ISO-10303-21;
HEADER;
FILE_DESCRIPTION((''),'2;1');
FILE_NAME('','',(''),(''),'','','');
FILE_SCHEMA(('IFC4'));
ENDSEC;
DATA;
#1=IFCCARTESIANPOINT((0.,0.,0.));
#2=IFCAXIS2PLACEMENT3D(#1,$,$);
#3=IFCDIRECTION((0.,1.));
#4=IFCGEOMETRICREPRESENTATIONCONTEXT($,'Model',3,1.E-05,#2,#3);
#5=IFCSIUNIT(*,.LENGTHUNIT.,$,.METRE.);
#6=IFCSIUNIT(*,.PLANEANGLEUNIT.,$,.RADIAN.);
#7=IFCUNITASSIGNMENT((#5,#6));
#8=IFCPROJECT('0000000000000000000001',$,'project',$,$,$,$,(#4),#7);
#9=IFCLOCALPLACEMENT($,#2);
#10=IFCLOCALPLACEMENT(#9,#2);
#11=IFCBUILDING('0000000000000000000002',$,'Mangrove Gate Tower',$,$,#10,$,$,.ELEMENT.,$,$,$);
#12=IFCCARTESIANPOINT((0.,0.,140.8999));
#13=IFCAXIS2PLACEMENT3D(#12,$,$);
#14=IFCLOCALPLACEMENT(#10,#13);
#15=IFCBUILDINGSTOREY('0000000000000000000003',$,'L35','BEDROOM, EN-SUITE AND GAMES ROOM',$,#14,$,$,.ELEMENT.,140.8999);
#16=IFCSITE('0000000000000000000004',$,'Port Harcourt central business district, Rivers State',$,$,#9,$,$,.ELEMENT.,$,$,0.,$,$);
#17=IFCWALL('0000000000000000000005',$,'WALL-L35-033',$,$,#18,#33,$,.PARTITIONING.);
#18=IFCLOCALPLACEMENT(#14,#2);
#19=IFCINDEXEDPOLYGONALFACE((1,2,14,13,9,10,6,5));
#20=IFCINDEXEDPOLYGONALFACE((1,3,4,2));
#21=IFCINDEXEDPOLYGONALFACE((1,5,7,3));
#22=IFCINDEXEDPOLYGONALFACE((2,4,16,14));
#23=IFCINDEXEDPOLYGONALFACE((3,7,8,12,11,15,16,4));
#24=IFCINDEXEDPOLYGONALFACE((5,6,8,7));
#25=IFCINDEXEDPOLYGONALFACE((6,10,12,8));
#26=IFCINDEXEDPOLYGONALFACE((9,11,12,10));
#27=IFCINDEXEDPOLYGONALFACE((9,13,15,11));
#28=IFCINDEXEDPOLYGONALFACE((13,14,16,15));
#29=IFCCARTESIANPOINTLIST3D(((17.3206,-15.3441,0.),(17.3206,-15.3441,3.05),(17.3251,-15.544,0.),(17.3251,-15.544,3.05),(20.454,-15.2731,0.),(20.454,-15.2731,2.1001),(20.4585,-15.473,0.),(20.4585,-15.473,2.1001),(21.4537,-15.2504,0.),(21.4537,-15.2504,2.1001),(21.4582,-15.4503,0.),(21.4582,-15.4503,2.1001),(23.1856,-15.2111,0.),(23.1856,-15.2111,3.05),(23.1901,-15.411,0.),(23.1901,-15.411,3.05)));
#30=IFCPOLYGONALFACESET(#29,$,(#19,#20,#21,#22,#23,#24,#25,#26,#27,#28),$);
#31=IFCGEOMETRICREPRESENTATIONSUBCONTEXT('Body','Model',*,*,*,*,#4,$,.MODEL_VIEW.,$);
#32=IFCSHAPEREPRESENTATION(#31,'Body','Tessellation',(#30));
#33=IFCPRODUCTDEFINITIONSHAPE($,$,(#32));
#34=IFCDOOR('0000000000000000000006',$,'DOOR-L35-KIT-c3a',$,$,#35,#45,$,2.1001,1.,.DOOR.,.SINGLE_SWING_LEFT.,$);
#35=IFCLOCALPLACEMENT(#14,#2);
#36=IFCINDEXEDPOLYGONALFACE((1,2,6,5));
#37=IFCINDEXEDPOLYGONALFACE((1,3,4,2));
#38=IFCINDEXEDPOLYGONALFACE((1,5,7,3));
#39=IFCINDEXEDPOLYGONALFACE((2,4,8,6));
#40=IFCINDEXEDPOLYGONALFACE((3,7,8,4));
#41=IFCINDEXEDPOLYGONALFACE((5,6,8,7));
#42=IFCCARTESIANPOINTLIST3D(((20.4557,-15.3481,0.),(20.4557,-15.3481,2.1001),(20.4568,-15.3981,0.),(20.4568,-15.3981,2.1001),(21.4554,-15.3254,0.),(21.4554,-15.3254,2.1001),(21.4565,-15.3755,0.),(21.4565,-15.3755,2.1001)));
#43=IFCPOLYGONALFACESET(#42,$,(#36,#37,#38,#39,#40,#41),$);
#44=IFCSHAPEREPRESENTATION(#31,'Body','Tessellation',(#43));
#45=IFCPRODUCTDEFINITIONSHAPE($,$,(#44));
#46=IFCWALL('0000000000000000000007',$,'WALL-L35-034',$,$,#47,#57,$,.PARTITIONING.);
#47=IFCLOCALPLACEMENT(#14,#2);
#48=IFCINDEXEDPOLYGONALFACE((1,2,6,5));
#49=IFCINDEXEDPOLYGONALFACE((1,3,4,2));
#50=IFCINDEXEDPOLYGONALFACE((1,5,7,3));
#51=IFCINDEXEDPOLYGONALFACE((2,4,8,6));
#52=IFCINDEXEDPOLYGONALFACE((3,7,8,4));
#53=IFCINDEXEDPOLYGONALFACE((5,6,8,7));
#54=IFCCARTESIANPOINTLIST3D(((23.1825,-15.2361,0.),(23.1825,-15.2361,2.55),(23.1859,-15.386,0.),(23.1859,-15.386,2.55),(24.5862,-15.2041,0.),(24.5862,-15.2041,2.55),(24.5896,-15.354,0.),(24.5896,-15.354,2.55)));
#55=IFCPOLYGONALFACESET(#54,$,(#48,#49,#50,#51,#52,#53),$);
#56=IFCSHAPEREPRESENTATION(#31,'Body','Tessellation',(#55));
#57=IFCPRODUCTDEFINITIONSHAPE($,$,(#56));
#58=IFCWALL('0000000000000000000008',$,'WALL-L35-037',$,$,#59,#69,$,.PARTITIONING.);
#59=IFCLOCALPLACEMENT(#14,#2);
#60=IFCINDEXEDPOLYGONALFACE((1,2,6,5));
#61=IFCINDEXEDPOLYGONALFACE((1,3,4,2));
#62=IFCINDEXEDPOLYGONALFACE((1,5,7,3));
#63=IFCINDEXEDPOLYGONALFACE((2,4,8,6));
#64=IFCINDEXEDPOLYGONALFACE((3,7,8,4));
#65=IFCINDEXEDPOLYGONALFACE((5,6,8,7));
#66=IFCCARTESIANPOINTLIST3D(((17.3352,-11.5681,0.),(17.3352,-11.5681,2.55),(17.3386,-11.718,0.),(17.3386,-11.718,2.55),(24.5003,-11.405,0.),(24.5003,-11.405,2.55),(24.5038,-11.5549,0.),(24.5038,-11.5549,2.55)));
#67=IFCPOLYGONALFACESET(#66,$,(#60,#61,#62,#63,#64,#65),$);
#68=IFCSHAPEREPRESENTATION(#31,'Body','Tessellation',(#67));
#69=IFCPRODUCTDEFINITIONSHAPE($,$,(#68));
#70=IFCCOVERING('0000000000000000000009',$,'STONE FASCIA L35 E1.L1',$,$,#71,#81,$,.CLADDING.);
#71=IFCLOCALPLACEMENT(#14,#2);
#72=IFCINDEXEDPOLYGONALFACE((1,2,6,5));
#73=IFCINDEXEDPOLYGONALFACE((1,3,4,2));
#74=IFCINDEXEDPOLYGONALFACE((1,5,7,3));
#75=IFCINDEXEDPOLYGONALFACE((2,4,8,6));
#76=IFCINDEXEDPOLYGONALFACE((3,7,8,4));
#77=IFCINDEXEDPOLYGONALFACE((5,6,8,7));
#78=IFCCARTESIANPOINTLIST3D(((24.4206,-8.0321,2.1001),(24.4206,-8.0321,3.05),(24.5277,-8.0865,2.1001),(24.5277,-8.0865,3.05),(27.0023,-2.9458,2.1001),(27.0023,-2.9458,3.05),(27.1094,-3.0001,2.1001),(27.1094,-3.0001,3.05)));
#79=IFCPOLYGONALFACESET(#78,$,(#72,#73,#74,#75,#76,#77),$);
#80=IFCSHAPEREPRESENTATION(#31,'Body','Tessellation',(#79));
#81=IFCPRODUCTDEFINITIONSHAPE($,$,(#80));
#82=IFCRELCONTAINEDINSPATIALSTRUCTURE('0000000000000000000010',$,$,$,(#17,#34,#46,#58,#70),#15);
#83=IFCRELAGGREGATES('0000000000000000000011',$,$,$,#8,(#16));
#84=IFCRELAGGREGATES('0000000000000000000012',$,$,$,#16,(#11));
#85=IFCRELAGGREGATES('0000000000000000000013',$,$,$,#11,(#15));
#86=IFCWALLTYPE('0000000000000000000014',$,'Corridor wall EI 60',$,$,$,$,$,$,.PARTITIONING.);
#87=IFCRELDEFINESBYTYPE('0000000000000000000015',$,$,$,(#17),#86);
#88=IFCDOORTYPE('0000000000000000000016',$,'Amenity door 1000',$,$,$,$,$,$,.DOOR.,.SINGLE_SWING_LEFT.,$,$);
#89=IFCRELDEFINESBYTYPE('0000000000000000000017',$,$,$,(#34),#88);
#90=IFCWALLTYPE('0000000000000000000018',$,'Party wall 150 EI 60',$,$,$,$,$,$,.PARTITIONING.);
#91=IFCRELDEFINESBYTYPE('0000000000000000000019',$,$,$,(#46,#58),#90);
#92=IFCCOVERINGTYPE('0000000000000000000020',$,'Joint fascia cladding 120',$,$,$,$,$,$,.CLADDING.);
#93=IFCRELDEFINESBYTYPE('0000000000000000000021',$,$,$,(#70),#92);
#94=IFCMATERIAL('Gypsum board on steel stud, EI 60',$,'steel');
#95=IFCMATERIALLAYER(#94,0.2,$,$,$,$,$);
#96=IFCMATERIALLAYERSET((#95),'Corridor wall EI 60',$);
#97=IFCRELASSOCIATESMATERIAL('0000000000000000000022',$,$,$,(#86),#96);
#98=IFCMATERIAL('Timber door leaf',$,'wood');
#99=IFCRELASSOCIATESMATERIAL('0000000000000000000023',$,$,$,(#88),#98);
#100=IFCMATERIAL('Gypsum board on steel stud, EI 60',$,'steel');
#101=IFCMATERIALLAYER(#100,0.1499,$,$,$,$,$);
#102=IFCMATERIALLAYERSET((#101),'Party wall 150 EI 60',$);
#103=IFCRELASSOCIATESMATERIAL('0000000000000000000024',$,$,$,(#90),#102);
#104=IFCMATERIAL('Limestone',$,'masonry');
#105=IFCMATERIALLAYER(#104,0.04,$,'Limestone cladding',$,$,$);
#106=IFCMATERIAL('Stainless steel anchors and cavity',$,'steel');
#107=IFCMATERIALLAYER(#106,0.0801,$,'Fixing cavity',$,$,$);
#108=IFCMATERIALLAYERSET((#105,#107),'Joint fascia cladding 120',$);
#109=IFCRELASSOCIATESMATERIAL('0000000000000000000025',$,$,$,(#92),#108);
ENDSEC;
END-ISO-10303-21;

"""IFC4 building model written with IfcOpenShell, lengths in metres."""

from ifc_helpers import new_model, si_unit, direction, frame, frame_2d, origin, place, context, subcontext, project, spatial, rectangle, extrude, material, layer, layer_set, type_object, element, fill, save


model = new_model("IFC4")

# Units and contexts
model_context = context("Model", 3, precision=1e-05, world=origin(), true_north=direction((0.0, 1.0)))
body_context = subcontext(model_context, "Body", "Model", "MODEL_VIEW")
ifc_project = project(units=[si_unit("LENGTHUNIT", "METRE"), si_unit("PLANEANGLEUNIT", "RADIAN")], contexts=[model_context])

# Site, building, storey
site_placement = place(None, origin())
site = spatial("IfcSite", under=ifc_project, at=site_placement, Name="Port Harcourt central business district, Rivers State", CompositionType="ELEMENT", RefElevation=0.0)
building_placement = place(site_placement, origin())
building = spatial("IfcBuilding", under=site, at=building_placement, Name="Mangrove Gate Tower", CompositionType="ELEMENT")
storey_placement = place(building_placement, frame((0.0, 0.0, 140.8999)))
storey = spatial("IfcBuildingStorey", under=building, at=storey_placement, Name="L35", Description="BEDROOM, EN-SUITE AND GAMES ROOM", CompositionType="ELEMENT", Elevation=140.8999)

# Wall, opening, door
ifc_material_1 = material(Name="Gypsum board on steel stud, EI 60", Category="steel")
ifc_layer_1 = layer(ifc_material_1, 0.2)
ifc_layer_set_1 = layer_set([ifc_layer_1], Name="Corridor wall EI 60")
wall_type_1 = type_object("IfcWallType", Name="Corridor wall EI 60", PredefinedType="PARTITIONING", material=ifc_layer_set_1)
wall_1_placement = place(storey_placement, frame((17.323, -15.4441, 0.0), z_axis=(0.0, 0.0, 1.0), x_axis=(0.999743, 0.022681, 0.0)))
wall_1 = element("IfcWall", 1, at=wall_1_placement, inside=storey, type_object=wall_type_1, Name="WALL-L35-033", PredefinedType="PARTITIONING", context=body_context, shape_type="SweptSolid", body=[
    extrude(rectangle(XDim=5.8665, YDim=0.2, at=frame_2d((2.9331, 0.0))), origin(), (0.0, 0.0, 1.0), 3.05),
])
opening_1_placement = place(wall_1_placement, frame((3.134, 0.0, 0.0)))
opening_1 = element("IfcOpeningElement", 2, at=opening_1_placement, cuts=wall_1, PredefinedType="OPENING", context=body_context, shape_type="SweptSolid", body=[
    extrude(rectangle(XDim=1.0, YDim=2.1001, at=frame_2d((0.5, 1.05))), frame((0.0, 0.1099, 0.0), z_axis=(0.0, -1.0, 0.0), x_axis=(1.0, 0.0, 0.0)), (0.0, 0.0, 1.0), 0.22),
])
ifc_material_2 = material(Name="Timber door leaf", Category="wood")
door_type_1 = type_object("IfcDoorType", Name="Amenity door 1000", OperationType="SINGLE_SWING_LEFT", PredefinedType="DOOR", material=ifc_material_2)
door_1_placement = place(opening_1_placement, origin())
door_1 = element("IfcDoor", 3, at=door_1_placement, inside=storey, type_object=door_type_1, Name="DOOR-L35-KIT-c3a", OperationType="SINGLE_SWING_LEFT", OverallHeight=2.1001, OverallWidth=1.0, PredefinedType="DOOR", context=body_context, shape_type="SweptSolid", body=[
    extrude(rectangle(XDim=1.0, YDim=2.1001, at=frame_2d((0.5, 1.05))), frame((0.0, 0.0249, 0.0), z_axis=(0.0, -1.0, 0.0), x_axis=(1.0, 0.0, 0.0)), (0.0, 0.0, 1.0), 0.05),
])
fill(opening_1, door_1)

# Walls
ifc_material_3 = material(Name="Gypsum board on steel stud, EI 60", Category="steel")
ifc_layer_2 = layer(ifc_material_3, 0.1499)
ifc_layer_set_2 = layer_set([ifc_layer_2], Name="Party wall 150 EI 60")
wall_type_2 = type_object("IfcWallType", Name="Party wall 150 EI 60", PredefinedType="PARTITIONING", material=ifc_layer_set_2)
wall_2_placement = place(storey_placement, frame((23.1841, -15.311, 0.0), z_axis=(0.0, 0.0, 1.0), x_axis=(0.999741, 0.022777, 0.0)))
element("IfcWall", 4, at=wall_2_placement, inside=storey, type_object=wall_type_2, Name="WALL-L35-034", PredefinedType="PARTITIONING", context=body_context, shape_type="SweptSolid", body=[
    extrude(rectangle(XDim=1.4041, YDim=0.1499, at=frame_2d((0.7021, 0.0))), origin(), (0.0, 0.0, 1.0), 2.55),
])
wall_3_placement = place(storey_placement, frame((17.3369, -11.6431, 0.0), z_axis=(0.0, 0.0, 1.0), x_axis=(0.999741, 0.022755, 0.0)))
element("IfcWall", 5, at=wall_3_placement, inside=storey, type_object=wall_type_2, Name="WALL-L35-037", PredefinedType="PARTITIONING", context=body_context, shape_type="SweptSolid", body=[
    extrude(rectangle(XDim=7.167, YDim=0.1499, at=frame_2d((3.5835, 0.0))), origin(), (0.0, 0.0, 1.0), 2.55),
])

# Covering
ifc_material_4 = material(Name="Limestone", Category="masonry")
ifc_layer_3 = layer(ifc_material_4, 0.04, Name="Limestone cladding")
ifc_material_5 = material(Name="Stainless steel anchors and cavity", Category="steel")
ifc_layer_4 = layer(ifc_material_5, 0.0801, Name="Fixing cavity")
ifc_layer_set_3 = layer_set([ifc_layer_3, ifc_layer_4], Name="Joint fascia cladding 120")
covering_type = type_object("IfcCoveringType", Name="Joint fascia cladding 120", PredefinedType="CLADDING", material=ifc_layer_set_3)
covering_placement = place(storey_placement, frame((24.4741, -8.0593, 2.1001), z_axis=(0.0, 0.0, 1.0), x_axis=(0.452615, 0.891706, 0.0)))
element("IfcCovering", 6, at=covering_placement, inside=storey, type_object=covering_type, Name="STONE FASCIA L35 E1.L1", PredefinedType="CLADDING", context=body_context, shape_type="SweptSolid", body=[
    extrude(rectangle(XDim=5.7041, YDim=0.1201, at=frame_2d((2.8521, 0.0))), origin(), (0.0, 0.0, 1.0), 0.95),
])

save(model, "model.ifc")
